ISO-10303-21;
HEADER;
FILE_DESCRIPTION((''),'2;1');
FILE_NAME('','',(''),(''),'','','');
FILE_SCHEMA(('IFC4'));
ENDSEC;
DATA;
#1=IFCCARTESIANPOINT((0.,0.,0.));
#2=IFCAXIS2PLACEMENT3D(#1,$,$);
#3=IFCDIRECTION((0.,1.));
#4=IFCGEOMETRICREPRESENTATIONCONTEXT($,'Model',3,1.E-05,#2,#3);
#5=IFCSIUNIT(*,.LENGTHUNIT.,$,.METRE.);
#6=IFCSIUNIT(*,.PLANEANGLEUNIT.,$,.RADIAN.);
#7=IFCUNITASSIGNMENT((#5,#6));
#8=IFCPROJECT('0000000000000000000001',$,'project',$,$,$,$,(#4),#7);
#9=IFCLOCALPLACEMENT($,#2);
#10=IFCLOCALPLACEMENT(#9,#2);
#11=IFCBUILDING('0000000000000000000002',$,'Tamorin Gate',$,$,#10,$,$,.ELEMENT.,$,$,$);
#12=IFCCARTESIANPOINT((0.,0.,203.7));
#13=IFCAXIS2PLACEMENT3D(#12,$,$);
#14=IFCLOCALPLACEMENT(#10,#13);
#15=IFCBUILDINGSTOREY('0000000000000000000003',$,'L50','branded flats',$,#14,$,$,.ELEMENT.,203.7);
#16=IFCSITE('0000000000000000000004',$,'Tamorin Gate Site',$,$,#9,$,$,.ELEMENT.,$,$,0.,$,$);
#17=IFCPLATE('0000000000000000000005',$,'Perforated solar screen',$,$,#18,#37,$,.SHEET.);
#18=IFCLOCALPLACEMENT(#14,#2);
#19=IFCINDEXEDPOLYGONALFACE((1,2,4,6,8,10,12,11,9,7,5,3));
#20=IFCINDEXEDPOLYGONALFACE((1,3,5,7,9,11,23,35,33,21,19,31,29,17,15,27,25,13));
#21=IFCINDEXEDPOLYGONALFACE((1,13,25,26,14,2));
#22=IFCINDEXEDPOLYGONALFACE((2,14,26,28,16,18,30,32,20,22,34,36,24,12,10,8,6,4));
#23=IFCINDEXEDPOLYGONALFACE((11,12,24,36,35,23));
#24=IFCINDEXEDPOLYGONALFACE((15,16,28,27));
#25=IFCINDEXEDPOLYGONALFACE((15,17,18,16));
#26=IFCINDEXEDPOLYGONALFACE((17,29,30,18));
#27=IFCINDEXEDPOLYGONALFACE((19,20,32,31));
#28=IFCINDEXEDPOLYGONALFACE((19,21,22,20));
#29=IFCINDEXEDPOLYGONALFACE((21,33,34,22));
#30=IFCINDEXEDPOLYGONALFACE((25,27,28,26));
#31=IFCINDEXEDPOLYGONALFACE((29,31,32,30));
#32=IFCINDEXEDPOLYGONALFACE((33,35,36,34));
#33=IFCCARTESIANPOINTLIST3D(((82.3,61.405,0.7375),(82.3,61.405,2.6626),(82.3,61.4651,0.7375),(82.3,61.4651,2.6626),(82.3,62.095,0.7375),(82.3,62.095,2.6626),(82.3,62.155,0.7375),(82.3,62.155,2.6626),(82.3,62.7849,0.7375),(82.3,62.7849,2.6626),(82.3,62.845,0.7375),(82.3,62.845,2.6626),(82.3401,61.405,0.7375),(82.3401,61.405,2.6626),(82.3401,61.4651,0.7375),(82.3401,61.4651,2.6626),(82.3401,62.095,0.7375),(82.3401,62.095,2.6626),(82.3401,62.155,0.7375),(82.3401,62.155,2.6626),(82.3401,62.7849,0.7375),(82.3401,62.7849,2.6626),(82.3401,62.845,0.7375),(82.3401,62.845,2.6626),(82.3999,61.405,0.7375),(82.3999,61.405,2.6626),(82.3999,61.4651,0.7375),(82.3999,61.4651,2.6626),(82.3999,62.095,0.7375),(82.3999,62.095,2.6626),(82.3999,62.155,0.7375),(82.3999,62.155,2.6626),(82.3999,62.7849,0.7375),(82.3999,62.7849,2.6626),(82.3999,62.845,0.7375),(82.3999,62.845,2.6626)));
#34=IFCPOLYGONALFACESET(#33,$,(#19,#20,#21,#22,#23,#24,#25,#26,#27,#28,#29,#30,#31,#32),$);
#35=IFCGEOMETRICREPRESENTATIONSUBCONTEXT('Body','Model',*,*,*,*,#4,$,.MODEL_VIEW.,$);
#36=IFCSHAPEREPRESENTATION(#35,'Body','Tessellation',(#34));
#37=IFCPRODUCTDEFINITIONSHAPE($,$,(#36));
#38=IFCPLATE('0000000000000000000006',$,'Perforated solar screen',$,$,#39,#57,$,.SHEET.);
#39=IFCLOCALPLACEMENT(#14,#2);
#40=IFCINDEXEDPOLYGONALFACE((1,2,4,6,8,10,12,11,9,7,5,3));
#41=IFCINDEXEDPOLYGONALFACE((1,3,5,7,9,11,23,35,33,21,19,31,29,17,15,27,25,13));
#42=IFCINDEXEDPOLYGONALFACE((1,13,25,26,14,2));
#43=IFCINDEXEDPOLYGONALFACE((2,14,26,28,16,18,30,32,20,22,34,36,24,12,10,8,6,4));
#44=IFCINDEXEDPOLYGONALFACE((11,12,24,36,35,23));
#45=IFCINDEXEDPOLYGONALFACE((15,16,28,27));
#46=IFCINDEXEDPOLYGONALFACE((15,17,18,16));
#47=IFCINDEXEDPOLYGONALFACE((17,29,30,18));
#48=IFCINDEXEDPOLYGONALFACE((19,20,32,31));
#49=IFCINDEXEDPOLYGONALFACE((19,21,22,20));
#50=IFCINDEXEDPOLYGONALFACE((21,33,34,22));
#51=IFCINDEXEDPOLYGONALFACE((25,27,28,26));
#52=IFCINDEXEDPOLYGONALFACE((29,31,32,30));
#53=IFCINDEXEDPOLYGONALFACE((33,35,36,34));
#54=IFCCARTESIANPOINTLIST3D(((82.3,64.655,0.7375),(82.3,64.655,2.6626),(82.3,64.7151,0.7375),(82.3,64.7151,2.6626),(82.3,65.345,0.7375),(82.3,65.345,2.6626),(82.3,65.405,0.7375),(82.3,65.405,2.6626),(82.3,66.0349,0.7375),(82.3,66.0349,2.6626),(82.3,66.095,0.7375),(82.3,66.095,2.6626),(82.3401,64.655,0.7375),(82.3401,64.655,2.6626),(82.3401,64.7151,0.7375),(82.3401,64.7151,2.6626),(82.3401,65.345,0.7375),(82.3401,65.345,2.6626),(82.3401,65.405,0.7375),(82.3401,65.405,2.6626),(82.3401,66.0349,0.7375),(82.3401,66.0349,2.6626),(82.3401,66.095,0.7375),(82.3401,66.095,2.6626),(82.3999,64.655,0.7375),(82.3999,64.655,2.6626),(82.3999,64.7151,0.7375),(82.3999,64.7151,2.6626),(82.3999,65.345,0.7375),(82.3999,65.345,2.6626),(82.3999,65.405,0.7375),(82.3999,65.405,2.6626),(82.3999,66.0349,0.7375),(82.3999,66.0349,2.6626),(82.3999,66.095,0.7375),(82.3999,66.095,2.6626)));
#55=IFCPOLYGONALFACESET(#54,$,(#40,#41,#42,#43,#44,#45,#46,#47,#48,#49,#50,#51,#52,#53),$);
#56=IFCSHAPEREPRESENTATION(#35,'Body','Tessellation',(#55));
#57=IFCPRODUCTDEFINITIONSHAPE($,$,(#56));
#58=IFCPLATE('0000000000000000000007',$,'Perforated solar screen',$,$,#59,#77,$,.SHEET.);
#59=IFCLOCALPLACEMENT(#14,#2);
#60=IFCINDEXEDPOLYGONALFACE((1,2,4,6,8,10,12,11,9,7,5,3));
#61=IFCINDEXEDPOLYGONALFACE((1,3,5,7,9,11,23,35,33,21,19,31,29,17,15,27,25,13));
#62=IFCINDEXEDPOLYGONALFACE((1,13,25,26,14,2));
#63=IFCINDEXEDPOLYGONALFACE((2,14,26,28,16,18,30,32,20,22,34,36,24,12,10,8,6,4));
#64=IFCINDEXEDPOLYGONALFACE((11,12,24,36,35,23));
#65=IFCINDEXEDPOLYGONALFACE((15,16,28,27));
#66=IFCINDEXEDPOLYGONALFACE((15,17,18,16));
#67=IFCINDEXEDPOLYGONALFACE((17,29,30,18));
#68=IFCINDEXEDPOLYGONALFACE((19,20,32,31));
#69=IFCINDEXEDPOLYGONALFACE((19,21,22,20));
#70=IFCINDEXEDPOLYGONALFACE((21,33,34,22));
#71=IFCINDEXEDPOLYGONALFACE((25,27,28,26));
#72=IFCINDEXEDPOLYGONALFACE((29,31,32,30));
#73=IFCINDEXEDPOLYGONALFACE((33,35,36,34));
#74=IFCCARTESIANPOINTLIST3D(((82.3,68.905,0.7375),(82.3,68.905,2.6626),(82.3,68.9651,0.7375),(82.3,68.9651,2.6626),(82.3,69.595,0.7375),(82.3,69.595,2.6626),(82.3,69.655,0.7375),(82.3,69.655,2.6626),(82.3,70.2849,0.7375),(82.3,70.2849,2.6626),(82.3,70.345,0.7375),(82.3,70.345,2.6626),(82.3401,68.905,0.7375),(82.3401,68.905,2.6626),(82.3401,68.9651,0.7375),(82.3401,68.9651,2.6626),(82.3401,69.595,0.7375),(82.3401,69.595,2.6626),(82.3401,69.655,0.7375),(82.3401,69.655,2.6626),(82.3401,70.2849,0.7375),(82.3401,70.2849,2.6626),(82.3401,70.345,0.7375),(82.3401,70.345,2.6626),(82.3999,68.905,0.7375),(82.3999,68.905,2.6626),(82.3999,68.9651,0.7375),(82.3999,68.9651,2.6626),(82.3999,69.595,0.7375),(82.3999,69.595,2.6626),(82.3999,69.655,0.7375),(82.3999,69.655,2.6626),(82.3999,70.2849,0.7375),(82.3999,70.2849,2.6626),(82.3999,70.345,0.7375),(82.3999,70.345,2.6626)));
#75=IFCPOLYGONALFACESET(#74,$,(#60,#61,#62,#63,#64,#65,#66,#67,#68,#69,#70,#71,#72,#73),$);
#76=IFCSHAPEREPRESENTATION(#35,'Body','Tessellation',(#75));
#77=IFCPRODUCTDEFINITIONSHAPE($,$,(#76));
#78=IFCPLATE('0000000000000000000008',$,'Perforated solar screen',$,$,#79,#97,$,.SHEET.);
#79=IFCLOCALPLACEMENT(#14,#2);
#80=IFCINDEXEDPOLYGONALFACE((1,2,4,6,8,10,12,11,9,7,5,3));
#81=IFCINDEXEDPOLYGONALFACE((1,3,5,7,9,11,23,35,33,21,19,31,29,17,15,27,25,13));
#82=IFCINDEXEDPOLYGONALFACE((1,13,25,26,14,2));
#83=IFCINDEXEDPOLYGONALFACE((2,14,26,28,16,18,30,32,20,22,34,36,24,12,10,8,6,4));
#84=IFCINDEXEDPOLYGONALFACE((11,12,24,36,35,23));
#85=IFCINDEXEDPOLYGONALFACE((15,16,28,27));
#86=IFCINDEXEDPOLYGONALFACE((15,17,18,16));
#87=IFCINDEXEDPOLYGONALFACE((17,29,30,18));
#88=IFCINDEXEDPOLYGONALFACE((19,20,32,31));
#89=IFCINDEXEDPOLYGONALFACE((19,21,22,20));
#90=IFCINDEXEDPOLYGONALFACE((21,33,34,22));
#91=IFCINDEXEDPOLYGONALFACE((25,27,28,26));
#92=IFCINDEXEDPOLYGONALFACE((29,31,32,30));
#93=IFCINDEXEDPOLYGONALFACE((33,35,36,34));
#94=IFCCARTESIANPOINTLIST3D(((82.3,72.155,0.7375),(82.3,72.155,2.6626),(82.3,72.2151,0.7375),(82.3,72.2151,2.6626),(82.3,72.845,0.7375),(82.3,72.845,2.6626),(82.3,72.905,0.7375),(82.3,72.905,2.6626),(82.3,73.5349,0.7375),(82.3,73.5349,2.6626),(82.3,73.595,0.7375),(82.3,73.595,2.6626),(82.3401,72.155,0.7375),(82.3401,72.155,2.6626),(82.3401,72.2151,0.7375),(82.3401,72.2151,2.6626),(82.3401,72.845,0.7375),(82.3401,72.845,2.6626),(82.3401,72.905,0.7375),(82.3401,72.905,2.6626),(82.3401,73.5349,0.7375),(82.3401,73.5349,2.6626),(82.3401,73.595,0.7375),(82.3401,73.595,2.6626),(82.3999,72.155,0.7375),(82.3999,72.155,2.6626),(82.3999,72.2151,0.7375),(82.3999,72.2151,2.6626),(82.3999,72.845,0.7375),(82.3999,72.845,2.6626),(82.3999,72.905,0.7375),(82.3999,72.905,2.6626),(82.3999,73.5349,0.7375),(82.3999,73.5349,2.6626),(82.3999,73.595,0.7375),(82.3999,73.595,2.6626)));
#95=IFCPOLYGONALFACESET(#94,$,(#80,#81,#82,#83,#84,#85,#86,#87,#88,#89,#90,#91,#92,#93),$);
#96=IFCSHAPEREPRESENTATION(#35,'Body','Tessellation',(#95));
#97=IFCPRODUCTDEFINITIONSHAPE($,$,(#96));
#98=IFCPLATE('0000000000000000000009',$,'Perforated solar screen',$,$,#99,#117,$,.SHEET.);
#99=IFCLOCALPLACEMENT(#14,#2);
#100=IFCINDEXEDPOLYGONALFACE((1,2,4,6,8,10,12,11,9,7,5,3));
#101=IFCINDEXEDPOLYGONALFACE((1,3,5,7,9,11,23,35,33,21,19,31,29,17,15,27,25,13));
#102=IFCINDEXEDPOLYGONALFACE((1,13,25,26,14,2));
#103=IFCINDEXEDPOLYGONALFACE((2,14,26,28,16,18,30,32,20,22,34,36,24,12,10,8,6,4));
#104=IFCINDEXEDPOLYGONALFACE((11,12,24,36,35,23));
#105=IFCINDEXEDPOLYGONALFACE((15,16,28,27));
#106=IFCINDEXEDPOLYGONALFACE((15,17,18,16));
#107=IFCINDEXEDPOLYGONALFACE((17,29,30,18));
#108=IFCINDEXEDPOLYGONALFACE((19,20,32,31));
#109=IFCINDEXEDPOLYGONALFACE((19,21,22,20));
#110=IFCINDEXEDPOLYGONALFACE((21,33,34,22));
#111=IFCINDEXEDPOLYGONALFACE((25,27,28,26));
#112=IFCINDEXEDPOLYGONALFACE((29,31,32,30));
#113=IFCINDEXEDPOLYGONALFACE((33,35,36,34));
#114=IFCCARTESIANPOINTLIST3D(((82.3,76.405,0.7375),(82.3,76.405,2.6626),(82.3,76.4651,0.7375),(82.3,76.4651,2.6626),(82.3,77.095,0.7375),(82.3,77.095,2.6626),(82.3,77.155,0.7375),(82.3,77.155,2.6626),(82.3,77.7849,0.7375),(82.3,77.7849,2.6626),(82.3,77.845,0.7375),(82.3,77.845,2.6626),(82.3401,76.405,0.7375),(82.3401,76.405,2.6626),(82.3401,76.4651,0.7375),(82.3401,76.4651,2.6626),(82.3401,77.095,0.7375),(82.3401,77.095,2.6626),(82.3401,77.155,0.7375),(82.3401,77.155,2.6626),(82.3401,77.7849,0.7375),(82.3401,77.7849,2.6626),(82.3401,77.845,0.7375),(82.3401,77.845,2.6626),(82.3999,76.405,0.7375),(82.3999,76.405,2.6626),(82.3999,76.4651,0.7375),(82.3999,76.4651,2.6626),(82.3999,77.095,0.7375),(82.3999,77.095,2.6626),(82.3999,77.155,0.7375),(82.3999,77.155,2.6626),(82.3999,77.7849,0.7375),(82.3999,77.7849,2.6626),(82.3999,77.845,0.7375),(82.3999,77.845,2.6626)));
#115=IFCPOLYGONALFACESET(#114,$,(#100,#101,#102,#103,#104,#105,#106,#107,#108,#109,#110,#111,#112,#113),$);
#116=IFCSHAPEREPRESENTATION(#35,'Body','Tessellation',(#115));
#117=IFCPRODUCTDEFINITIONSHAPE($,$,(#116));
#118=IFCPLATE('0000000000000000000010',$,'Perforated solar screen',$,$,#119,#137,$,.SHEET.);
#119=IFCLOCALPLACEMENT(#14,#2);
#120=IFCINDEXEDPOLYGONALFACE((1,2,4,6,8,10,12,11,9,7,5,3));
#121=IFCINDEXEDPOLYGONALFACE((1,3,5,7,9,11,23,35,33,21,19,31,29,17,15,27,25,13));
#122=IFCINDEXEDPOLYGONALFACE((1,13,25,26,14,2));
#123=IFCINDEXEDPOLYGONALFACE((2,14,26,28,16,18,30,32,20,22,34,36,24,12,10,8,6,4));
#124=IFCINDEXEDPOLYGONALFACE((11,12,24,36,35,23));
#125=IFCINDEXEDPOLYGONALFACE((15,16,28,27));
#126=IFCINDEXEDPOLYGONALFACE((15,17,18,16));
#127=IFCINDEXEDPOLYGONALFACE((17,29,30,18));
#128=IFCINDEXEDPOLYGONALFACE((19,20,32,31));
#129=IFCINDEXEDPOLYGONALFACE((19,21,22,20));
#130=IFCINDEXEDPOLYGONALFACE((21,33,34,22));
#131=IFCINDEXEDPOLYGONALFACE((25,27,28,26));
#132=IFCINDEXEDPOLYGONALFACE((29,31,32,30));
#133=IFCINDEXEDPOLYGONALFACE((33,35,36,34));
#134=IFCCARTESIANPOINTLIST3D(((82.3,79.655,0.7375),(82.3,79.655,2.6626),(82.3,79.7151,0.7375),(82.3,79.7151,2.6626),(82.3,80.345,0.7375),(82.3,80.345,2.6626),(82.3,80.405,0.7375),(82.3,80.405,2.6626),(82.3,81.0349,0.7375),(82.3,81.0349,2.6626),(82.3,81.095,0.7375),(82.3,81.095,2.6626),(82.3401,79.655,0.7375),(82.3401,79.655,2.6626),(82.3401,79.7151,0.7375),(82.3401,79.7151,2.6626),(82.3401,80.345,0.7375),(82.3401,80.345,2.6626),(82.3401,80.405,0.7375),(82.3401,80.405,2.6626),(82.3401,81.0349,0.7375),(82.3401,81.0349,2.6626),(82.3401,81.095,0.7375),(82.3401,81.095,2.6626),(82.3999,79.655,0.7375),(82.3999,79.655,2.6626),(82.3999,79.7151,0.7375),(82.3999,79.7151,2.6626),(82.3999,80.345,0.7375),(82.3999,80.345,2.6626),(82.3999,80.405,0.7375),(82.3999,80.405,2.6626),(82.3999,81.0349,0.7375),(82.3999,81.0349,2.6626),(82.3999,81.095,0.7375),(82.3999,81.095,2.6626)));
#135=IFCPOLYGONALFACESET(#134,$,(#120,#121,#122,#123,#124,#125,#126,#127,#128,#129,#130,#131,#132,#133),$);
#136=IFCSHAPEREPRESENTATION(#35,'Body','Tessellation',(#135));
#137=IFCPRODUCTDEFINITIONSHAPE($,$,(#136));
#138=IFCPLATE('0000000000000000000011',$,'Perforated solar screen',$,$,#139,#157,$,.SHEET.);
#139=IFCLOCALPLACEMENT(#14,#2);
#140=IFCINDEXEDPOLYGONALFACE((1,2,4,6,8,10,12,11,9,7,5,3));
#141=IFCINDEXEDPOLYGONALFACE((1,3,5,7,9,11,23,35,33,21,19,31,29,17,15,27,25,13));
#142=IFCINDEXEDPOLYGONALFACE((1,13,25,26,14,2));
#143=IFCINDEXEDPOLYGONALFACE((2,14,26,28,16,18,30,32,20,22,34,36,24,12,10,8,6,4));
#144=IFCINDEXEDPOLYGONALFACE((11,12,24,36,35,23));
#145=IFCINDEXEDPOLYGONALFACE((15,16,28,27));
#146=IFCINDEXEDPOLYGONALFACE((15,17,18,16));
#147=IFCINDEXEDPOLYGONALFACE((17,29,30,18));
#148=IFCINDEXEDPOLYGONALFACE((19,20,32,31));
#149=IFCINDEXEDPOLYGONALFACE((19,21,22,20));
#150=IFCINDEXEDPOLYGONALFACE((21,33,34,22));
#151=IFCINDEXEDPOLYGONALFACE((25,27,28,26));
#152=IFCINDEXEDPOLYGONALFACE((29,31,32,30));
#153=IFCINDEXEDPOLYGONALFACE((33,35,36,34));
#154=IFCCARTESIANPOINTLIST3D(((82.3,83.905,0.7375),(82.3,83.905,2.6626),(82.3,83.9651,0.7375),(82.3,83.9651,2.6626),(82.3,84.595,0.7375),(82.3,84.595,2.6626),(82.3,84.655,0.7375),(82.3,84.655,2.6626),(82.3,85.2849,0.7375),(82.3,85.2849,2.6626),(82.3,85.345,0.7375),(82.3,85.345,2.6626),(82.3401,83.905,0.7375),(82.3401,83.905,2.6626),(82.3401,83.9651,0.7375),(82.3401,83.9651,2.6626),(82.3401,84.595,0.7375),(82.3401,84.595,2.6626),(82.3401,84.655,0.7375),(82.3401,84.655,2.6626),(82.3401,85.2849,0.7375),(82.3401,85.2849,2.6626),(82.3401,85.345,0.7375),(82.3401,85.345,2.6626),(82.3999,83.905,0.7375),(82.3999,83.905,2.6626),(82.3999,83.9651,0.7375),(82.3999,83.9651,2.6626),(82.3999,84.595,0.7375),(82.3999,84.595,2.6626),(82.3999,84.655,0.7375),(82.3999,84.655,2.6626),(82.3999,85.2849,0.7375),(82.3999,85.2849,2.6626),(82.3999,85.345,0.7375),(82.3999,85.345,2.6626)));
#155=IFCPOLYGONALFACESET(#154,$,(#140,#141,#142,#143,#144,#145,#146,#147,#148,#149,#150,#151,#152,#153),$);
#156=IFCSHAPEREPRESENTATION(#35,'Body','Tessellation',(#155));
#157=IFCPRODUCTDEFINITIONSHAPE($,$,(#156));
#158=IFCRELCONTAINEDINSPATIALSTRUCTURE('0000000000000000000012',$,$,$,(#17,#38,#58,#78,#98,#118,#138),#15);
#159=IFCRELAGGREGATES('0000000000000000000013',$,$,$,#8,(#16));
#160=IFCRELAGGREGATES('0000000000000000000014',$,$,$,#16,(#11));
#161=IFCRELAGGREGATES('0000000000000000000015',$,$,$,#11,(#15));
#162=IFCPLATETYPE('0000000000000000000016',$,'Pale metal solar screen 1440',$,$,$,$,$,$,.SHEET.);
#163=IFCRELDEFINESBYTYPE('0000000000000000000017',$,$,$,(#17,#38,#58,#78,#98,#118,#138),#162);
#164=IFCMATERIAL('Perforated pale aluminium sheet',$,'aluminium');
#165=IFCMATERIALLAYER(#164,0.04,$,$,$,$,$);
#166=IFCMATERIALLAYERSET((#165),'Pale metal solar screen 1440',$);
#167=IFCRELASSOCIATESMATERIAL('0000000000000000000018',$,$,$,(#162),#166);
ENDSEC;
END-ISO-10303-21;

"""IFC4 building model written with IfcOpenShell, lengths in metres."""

from ifc_helpers import new_model, si_unit, direction, frame, origin, place, context, subcontext, project, spatial, polyline, outline, extrude, material, layer, layer_set, type_object, element, save


model = new_model("IFC4")

# Units and contexts
model_context = context("Model", 3, precision=1e-05, world=origin(), true_north=direction((0.0, 1.0)))
body_context = subcontext(model_context, "Body", "Model", "MODEL_VIEW")
ifc_project = project(units=[si_unit("LENGTHUNIT", "METRE"), si_unit("PLANEANGLEUNIT", "RADIAN")], contexts=[model_context])

# Site, building, storey
site_placement = place(None, origin())
site = spatial("IfcSite", under=ifc_project, at=site_placement, Name="Tamorin Gate Site", CompositionType="ELEMENT", RefElevation=0.0)
building_placement = place(site_placement, origin())
building = spatial("IfcBuilding", under=site, at=building_placement, Name="Tamorin Gate", CompositionType="ELEMENT")
storey_placement = place(building_placement, frame((0.0, 0.0, 203.7)))
storey = spatial("IfcBuildingStorey", under=building, at=storey_placement, Name="L50", Description="branded flats", CompositionType="ELEMENT", Elevation=203.7)

# Plates
ifc_material_1 = material(Name="Perforated pale aluminium sheet", Category="aluminium")
ifc_layer_1 = layer(ifc_material_1, 0.04)
ifc_layer_set_1 = layer_set([ifc_layer_1], Name="Pale metal solar screen 1440")
plate_type_1 = type_object("IfcPlateType", Name="Pale metal solar screen 1440", PredefinedType="SHEET", material=ifc_layer_set_1)
plate_1_placement = place(storey_placement, frame((0.0, 0.0, 0.7375)))
element("IfcPlate", 1, at=plate_1_placement, inside=storey, type_object=plate_type_1, Name="Perforated solar screen", PredefinedType="SHEET", context=body_context, shape_type="SweptSolid", body=[
    extrude(outline(polyline([(82.3401, 61.405), (82.3, 61.405), (82.3, 61.4651), (82.3, 62.095), (82.3, 62.155), (82.3, 62.7849), (82.3, 62.845), (82.3401, 62.845), (82.3999, 62.845), (82.3999, 62.7849), (82.3401, 62.7849), (82.3401, 62.155), (82.3999, 62.155), (82.3999, 62.095), (82.3401, 62.095), (82.3401, 61.4651), (82.3999, 61.4651), (82.3999, 61.405), (82.3401, 61.405)])), origin(), (0.0, 0.0, 1.0), 1.925),
])
plate_2_placement = place(storey_placement, frame((0.0, 0.0, 0.7375)))
element("IfcPlate", 2, at=plate_2_placement, inside=storey, type_object=plate_type_1, Name="Perforated solar screen", PredefinedType="SHEET", context=body_context, shape_type="SweptSolid", body=[
    extrude(outline(polyline([(82.3401, 64.655), (82.3, 64.655), (82.3, 64.7151), (82.3, 65.345), (82.3, 65.405), (82.3, 66.0349), (82.3, 66.095), (82.3401, 66.095), (82.3999, 66.095), (82.3999, 66.0349), (82.3401, 66.0349), (82.3401, 65.405), (82.3999, 65.405), (82.3999, 65.345), (82.3401, 65.345), (82.3401, 64.7151), (82.3999, 64.7151), (82.3999, 64.655), (82.3401, 64.655)])), origin(), (0.0, 0.0, 1.0), 1.925),
])
plate_3_placement = place(storey_placement, frame((0.0, 0.0, 0.7375)))
element("IfcPlate", 3, at=plate_3_placement, inside=storey, type_object=plate_type_1, Name="Perforated solar screen", PredefinedType="SHEET", context=body_context, shape_type="SweptSolid", body=[
    extrude(outline(polyline([(82.3401, 68.905), (82.3, 68.905), (82.3, 68.9651), (82.3, 69.595), (82.3, 69.655), (82.3, 70.2849), (82.3, 70.345), (82.3401, 70.345), (82.3999, 70.345), (82.3999, 70.2849), (82.3401, 70.2849), (82.3401, 69.655), (82.3999, 69.655), (82.3999, 69.595), (82.3401, 69.595), (82.3401, 68.9651), (82.3999, 68.9651), (82.3999, 68.905), (82.3401, 68.905)])), origin(), (0.0, 0.0, 1.0), 1.925),
])
plate_4_placement = place(storey_placement, frame((0.0, 0.0, 0.7375)))
element("IfcPlate", 4, at=plate_4_placement, inside=storey, type_object=plate_type_1, Name="Perforated solar screen", PredefinedType="SHEET", context=body_context, shape_type="SweptSolid", body=[
    extrude(outline(polyline([(82.3401, 72.155), (82.3, 72.155), (82.3, 72.2151), (82.3, 72.845), (82.3, 72.905), (82.3, 73.5349), (82.3, 73.595), (82.3401, 73.595), (82.3999, 73.595), (82.3999, 73.5349), (82.3401, 73.5349), (82.3401, 72.905), (82.3999, 72.905), (82.3999, 72.845), (82.3401, 72.845), (82.3401, 72.2151), (82.3999, 72.2151), (82.3999, 72.155), (82.3401, 72.155)])), origin(), (0.0, 0.0, 1.0), 1.925),
])
plate_5_placement = place(storey_placement, frame((0.0, 0.0, 0.7375)))
element("IfcPlate", 5, at=plate_5_placement, inside=storey, type_object=plate_type_1, Name="Perforated solar screen", PredefinedType="SHEET", context=body_context, shape_type="SweptSolid", body=[
    extrude(outline(polyline([(82.3401, 76.405), (82.3, 76.405), (82.3, 76.4651), (82.3, 77.095), (82.3, 77.155), (82.3, 77.7849), (82.3, 77.845), (82.3401, 77.845), (82.3999, 77.845), (82.3999, 77.7849), (82.3401, 77.7849), (82.3401, 77.155), (82.3999, 77.155), (82.3999, 77.095), (82.3401, 77.095), (82.3401, 76.4651), (82.3999, 76.4651), (82.3999, 76.405), (82.3401, 76.405)])), origin(), (0.0, 0.0, 1.0), 1.925),
])
plate_6_placement = place(storey_placement, frame((0.0, 0.0, 0.7375)))
element("IfcPlate", 6, at=plate_6_placement, inside=storey, type_object=plate_type_1, Name="Perforated solar screen", PredefinedType="SHEET", context=body_context, shape_type="SweptSolid", body=[
    extrude(outline(polyline([(82.3401, 79.655), (82.3, 79.655), (82.3, 79.7151), (82.3, 80.345), (82.3, 80.405), (82.3, 81.0349), (82.3, 81.095), (82.3401, 81.095), (82.3999, 81.095), (82.3999, 81.0349), (82.3401, 81.0349), (82.3401, 80.405), (82.3999, 80.405), (82.3999, 80.345), (82.3401, 80.345), (82.3401, 79.7151), (82.3999, 79.7151), (82.3999, 79.655), (82.3401, 79.655)])), origin(), (0.0, 0.0, 1.0), 1.925),
])
plate_7_placement = place(storey_placement, frame((0.0, 0.0, 0.7375)))
element("IfcPlate", 7, at=plate_7_placement, inside=storey, type_object=plate_type_1, Name="Perforated solar screen", PredefinedType="SHEET", context=body_context, shape_type="SweptSolid", body=[
    extrude(outline(polyline([(82.3401, 83.905), (82.3, 83.905), (82.3, 83.9651), (82.3, 84.595), (82.3, 84.655), (82.3, 85.2849), (82.3, 85.345), (82.3401, 85.345), (82.3999, 85.345), (82.3999, 85.2849), (82.3401, 85.2849), (82.3401, 84.655), (82.3999, 84.655), (82.3999, 84.595), (82.3401, 84.595), (82.3401, 83.9651), (82.3999, 83.9651), (82.3999, 83.905), (82.3401, 83.905)])), origin(), (0.0, 0.0, 1.0), 1.925),
])

save(model, "model.ifc")
